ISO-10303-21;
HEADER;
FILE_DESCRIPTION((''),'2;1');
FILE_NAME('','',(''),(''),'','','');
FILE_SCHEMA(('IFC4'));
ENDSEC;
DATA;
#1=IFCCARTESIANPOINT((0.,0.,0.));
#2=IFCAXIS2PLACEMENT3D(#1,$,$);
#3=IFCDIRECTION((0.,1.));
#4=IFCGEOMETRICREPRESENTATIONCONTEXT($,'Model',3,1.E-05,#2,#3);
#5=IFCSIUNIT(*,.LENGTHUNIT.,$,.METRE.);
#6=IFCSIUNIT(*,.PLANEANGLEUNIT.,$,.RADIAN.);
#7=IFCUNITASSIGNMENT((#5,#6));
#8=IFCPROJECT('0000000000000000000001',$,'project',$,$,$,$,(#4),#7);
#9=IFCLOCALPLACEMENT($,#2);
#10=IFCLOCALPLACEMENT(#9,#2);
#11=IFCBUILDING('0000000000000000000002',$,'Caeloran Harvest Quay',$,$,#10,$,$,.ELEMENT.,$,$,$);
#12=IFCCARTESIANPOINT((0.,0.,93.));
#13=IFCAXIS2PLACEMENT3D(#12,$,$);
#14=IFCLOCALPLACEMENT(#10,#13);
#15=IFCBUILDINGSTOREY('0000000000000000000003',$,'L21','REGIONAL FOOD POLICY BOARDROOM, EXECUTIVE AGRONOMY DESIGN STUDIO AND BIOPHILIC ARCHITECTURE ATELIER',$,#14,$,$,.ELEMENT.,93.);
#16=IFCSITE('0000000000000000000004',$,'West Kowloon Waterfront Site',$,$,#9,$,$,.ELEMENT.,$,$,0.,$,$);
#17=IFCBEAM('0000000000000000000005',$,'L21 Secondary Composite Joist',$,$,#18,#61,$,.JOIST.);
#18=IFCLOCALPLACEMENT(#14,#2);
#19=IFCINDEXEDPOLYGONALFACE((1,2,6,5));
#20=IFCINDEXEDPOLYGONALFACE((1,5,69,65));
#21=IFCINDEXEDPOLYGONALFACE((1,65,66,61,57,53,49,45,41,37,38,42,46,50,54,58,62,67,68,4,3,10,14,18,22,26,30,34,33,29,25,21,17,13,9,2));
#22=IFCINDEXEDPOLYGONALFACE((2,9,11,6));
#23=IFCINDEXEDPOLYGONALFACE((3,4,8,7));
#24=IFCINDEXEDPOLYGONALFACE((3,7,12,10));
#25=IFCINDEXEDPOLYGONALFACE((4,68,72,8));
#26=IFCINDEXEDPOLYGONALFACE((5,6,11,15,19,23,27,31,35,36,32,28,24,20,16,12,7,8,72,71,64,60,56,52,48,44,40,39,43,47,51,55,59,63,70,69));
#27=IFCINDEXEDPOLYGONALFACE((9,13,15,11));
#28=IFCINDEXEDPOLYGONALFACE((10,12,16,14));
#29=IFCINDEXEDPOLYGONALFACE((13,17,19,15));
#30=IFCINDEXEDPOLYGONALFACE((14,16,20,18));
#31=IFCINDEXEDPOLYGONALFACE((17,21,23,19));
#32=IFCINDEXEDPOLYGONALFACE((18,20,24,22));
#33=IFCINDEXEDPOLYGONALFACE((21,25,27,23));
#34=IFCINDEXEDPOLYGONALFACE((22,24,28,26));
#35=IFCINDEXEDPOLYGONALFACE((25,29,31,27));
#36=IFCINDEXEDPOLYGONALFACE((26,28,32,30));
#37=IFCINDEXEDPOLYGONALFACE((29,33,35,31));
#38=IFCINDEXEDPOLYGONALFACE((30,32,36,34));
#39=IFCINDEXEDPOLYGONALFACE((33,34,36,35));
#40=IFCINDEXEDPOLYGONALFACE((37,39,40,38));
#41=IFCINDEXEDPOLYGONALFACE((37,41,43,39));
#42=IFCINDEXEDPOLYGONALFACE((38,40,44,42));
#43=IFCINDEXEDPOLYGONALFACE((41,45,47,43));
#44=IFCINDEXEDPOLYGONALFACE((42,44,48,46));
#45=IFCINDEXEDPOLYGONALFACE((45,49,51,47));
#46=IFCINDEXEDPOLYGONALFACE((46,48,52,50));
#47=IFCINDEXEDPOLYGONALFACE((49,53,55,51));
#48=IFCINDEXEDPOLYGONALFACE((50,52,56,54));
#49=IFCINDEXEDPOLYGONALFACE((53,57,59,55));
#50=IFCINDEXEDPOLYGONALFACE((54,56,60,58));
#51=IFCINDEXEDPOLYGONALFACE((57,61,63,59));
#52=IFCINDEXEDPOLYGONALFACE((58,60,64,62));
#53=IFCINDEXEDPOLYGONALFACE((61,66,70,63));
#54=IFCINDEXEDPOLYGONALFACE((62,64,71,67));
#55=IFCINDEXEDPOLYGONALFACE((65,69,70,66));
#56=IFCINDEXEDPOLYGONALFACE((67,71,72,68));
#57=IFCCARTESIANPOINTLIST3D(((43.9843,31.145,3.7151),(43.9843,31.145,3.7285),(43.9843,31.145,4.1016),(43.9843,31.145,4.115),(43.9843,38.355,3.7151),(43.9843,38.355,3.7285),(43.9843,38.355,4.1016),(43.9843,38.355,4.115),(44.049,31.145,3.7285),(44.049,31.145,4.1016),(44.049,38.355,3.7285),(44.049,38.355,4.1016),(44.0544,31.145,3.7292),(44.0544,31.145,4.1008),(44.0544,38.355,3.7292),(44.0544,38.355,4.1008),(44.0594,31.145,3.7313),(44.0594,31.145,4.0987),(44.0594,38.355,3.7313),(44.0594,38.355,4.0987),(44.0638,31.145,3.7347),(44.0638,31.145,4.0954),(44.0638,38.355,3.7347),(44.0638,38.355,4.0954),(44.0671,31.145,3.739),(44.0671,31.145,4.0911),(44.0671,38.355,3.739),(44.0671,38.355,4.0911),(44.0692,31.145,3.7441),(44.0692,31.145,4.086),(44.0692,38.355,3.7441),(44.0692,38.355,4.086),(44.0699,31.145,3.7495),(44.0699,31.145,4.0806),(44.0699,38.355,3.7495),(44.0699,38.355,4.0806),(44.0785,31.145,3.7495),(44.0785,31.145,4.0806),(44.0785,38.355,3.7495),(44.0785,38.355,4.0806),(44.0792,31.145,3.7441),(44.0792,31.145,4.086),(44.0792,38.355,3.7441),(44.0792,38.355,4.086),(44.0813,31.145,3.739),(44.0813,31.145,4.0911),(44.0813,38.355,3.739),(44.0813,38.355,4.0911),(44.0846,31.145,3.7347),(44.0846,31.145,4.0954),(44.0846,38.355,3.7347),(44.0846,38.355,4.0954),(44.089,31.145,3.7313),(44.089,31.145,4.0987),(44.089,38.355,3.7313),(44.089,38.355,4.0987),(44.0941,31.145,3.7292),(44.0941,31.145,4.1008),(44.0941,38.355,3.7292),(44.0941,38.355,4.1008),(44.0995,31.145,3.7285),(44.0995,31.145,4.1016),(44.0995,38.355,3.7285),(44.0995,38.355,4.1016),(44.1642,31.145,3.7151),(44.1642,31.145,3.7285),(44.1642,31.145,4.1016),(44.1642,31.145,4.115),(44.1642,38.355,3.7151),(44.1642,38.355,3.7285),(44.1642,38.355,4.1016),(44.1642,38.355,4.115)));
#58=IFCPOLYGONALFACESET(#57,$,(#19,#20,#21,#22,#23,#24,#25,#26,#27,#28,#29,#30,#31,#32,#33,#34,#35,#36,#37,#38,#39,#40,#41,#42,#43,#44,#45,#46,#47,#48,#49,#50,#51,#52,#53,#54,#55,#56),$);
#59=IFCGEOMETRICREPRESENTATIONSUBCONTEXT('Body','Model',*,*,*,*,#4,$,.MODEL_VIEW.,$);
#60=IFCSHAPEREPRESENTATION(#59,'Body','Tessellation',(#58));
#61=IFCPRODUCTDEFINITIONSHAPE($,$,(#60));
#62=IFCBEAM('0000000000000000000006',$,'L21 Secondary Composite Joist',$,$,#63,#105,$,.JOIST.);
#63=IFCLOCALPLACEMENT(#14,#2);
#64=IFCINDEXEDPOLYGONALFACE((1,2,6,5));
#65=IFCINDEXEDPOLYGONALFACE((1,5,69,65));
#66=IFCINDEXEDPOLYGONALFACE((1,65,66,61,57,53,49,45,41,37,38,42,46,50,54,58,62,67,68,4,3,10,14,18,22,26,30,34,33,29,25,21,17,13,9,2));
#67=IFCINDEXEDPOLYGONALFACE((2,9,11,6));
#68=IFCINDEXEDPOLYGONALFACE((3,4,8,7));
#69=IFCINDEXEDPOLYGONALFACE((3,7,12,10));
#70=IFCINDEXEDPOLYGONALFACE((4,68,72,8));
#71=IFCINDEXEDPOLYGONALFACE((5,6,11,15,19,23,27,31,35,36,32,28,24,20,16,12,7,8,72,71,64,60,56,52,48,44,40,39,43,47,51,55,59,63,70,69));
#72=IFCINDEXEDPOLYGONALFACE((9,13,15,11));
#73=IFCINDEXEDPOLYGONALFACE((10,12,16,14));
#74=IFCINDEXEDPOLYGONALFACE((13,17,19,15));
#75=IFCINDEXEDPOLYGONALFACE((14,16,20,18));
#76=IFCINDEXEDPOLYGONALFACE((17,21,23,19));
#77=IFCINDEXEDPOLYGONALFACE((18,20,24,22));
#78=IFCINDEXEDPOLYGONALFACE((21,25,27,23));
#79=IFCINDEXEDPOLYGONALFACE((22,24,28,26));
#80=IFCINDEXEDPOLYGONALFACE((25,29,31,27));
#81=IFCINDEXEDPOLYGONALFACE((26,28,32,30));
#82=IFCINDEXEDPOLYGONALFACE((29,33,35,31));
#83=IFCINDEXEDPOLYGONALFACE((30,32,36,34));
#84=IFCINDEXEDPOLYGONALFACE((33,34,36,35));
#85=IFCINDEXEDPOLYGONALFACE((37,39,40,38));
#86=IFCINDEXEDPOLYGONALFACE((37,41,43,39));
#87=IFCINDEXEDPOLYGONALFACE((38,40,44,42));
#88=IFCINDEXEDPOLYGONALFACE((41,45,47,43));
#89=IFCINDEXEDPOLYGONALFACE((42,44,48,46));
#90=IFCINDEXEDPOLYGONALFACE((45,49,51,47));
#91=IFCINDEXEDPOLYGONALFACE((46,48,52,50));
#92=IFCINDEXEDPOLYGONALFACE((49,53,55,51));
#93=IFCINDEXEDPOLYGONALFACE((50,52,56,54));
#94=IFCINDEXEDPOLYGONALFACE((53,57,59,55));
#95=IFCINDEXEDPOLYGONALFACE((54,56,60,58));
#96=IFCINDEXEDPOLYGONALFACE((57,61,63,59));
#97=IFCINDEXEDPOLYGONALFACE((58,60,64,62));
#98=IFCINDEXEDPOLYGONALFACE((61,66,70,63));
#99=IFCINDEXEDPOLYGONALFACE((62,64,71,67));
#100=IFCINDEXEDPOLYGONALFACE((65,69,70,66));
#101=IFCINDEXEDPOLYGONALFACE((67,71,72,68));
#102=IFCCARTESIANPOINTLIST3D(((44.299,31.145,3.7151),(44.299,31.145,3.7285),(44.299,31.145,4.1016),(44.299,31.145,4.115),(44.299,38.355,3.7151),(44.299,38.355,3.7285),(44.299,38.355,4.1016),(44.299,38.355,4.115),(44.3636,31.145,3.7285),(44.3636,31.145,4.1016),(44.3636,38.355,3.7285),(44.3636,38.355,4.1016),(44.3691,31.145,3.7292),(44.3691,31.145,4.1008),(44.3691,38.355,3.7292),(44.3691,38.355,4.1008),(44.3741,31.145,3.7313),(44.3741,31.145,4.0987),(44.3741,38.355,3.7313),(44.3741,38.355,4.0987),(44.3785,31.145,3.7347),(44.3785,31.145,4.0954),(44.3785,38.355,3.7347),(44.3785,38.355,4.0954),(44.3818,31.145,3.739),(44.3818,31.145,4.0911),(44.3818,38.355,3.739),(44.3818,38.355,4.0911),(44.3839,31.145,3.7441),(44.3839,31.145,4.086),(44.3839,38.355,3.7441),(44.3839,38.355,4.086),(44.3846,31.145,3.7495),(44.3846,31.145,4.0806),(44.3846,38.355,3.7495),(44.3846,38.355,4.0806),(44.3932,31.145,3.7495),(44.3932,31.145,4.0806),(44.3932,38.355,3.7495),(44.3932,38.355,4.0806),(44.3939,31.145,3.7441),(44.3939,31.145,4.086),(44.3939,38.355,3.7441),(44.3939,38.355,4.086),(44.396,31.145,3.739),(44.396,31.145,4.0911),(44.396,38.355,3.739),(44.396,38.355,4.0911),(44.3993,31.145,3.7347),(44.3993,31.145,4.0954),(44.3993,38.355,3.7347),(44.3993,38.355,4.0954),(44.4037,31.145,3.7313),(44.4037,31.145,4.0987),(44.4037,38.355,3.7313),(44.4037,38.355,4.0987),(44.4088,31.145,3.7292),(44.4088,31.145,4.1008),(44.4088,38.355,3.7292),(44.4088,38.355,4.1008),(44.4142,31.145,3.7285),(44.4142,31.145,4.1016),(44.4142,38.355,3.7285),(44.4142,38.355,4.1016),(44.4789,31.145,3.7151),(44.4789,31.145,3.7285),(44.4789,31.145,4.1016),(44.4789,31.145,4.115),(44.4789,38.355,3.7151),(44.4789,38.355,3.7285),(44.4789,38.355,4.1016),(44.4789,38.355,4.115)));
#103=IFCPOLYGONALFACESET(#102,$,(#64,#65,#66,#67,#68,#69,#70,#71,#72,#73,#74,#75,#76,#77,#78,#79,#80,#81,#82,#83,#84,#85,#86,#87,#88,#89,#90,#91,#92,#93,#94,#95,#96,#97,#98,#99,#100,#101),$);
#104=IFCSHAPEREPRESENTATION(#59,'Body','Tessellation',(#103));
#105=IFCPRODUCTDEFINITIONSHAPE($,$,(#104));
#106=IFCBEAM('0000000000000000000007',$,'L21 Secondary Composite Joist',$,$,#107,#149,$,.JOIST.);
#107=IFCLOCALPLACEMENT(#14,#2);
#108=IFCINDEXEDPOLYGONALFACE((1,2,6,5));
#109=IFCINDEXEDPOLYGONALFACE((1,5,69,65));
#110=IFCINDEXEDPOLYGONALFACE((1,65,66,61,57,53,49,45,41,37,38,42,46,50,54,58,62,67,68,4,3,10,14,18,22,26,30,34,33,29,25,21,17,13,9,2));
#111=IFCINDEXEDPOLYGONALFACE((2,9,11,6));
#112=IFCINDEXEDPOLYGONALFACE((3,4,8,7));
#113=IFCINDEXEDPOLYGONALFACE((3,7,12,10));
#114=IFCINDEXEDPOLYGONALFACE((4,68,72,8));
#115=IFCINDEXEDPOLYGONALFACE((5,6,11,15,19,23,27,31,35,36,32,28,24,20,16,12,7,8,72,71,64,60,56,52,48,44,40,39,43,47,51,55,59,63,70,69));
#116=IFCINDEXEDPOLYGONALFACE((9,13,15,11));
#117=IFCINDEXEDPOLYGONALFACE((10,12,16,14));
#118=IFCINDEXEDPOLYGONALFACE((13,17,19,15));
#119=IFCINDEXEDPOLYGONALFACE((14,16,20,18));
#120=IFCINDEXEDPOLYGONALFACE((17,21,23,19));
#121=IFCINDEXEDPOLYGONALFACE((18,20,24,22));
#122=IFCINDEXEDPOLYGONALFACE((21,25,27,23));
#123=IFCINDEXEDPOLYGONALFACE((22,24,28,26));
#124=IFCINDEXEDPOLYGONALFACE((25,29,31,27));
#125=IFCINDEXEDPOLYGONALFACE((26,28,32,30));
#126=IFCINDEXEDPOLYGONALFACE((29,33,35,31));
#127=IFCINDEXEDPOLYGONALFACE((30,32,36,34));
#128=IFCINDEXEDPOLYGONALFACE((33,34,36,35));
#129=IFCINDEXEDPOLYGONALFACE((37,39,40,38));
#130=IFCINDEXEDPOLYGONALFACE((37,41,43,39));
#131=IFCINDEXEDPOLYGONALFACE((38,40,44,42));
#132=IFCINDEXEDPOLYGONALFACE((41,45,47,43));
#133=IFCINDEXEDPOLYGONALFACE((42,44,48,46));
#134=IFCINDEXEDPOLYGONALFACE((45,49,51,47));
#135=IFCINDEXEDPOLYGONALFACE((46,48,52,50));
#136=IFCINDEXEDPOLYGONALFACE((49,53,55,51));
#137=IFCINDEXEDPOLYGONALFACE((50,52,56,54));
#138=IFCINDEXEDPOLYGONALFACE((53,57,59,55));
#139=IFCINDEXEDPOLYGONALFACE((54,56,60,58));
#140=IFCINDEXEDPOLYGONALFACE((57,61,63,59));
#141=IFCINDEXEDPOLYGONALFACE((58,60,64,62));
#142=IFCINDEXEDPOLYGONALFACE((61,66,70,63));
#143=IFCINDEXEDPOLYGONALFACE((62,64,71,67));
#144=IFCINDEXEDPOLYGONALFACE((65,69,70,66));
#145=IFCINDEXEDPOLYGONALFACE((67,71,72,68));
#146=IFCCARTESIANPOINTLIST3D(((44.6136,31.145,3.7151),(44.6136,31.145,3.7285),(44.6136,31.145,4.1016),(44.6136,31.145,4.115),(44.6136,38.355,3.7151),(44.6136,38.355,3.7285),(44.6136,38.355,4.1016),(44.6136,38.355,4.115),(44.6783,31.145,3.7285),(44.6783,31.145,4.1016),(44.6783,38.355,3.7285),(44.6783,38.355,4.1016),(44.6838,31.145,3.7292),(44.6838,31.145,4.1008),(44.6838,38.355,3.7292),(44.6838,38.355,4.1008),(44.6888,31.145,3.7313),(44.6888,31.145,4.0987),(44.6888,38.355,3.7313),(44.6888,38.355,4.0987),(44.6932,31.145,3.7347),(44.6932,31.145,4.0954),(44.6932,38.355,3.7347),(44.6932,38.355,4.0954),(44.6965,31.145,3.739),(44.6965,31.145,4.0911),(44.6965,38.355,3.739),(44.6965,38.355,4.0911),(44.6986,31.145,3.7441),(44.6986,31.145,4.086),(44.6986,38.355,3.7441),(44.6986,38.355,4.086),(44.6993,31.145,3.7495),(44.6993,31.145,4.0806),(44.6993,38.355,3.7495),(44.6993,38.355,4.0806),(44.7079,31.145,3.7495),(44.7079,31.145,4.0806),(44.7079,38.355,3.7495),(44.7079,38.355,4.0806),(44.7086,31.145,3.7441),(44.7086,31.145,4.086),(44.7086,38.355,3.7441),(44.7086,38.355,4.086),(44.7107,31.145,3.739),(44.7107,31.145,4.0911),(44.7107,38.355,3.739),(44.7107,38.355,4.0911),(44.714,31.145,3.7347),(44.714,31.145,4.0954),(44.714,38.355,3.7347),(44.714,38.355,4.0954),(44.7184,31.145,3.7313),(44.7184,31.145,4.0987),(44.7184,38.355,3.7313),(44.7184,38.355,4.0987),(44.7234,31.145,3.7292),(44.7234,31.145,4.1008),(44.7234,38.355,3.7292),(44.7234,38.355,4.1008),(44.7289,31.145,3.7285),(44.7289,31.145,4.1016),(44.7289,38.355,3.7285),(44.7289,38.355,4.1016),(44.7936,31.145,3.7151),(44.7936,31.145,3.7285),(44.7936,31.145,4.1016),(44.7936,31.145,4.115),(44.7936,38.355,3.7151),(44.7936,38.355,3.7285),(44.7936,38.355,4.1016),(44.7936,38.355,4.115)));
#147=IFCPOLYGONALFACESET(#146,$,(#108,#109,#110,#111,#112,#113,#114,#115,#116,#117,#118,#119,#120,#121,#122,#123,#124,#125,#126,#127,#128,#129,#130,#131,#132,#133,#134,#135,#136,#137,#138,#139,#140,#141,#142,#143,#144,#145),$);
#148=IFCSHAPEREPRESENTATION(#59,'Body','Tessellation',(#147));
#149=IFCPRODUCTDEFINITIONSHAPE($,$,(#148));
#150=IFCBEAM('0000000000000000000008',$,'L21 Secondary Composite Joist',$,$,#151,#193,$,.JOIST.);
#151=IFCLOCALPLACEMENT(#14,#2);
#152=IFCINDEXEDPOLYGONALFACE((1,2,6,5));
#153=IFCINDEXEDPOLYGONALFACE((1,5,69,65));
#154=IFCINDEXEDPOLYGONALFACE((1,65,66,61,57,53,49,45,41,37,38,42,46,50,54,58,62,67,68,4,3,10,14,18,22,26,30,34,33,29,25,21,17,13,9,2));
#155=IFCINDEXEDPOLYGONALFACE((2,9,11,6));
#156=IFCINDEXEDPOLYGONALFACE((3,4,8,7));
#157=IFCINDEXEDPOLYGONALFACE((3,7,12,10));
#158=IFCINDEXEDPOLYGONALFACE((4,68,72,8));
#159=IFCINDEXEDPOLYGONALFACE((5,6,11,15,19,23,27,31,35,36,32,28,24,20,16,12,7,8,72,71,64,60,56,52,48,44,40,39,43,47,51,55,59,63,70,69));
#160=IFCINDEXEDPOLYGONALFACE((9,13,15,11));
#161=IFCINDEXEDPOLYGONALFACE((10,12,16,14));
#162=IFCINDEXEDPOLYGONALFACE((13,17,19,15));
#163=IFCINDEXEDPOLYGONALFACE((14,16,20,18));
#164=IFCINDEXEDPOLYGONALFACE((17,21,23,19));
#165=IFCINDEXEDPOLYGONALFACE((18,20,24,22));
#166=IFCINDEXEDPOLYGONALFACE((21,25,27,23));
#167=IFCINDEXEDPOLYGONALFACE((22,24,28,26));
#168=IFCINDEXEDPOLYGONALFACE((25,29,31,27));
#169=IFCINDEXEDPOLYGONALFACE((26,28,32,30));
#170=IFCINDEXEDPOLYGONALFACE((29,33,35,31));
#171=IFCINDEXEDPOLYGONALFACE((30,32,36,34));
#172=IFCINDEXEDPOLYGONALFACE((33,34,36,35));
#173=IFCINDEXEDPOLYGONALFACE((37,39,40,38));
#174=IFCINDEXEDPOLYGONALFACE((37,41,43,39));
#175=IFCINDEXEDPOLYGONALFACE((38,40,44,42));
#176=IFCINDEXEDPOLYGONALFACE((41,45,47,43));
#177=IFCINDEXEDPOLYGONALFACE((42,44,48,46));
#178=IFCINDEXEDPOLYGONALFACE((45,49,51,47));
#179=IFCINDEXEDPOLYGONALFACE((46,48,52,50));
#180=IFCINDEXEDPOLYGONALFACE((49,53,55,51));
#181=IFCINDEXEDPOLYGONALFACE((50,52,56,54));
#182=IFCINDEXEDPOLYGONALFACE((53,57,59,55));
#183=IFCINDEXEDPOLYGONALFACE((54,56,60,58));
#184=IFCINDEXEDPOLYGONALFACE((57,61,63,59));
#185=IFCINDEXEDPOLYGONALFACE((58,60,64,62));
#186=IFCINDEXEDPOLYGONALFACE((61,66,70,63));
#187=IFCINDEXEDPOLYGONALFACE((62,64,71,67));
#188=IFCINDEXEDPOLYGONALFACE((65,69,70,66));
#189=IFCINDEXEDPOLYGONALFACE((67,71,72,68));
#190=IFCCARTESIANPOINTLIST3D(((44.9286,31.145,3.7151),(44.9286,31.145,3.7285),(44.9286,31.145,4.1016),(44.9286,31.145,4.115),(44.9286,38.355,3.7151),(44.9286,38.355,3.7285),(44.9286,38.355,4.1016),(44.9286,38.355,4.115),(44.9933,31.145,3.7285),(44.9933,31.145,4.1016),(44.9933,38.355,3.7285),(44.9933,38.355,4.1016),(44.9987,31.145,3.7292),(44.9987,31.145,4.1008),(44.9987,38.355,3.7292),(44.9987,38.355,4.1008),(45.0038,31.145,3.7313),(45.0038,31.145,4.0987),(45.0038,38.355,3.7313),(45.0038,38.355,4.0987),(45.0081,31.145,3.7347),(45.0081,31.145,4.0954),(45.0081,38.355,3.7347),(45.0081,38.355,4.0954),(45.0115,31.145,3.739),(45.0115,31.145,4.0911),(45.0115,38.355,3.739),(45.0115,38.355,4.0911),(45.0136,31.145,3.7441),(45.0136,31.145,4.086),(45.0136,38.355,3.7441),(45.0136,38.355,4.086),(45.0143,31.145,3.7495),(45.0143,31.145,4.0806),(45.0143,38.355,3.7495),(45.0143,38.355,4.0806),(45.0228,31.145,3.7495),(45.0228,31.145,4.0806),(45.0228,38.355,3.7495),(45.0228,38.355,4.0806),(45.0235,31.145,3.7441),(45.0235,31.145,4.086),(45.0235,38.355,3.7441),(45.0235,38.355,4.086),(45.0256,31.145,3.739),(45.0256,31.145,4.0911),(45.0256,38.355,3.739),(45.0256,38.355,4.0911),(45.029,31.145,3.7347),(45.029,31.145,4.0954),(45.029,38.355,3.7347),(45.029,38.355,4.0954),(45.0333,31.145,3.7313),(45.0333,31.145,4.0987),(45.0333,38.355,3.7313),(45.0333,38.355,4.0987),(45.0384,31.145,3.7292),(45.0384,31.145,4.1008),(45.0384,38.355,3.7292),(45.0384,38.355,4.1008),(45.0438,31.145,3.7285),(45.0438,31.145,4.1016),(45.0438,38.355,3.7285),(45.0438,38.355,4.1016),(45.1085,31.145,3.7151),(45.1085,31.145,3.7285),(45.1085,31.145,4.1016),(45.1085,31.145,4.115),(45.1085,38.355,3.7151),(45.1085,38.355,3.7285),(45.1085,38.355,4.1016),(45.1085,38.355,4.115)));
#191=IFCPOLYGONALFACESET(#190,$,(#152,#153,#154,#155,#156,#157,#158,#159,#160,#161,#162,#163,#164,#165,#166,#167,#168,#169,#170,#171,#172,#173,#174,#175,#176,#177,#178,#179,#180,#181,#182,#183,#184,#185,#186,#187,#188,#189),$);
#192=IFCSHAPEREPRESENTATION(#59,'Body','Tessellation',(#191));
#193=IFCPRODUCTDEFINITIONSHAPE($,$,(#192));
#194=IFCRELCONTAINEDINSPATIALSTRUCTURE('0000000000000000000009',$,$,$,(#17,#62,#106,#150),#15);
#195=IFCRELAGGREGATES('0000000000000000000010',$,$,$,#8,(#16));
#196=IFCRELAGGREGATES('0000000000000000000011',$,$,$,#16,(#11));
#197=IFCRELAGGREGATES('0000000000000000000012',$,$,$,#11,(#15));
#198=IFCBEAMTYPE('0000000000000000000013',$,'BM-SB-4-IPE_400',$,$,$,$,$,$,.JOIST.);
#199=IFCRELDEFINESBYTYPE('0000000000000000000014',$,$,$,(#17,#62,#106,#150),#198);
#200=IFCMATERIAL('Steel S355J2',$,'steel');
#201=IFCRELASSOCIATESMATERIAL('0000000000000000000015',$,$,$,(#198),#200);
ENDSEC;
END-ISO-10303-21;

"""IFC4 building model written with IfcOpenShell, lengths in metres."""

from ifc_helpers import new_model, si_unit, direction, frame, origin, origin_2d, place, context, subcontext, project, spatial, i_section, extrude, material, material_profile, profile_set, type_object, element, save


model = new_model("IFC4")

# Units and contexts
model_context = context("Model", 3, precision=1e-05, world=origin(), true_north=direction((0.0, 1.0)))
body_context = subcontext(model_context, "Body", "Model", "MODEL_VIEW")
ifc_project = project(units=[si_unit("LENGTHUNIT", "METRE"), si_unit("PLANEANGLEUNIT", "RADIAN")], contexts=[model_context])

# Site, building, storey
site_placement = place(None, origin())
site = spatial("IfcSite", under=ifc_project, at=site_placement, Name="West Kowloon Waterfront Site", CompositionType="ELEMENT", RefElevation=0.0)
building_placement = place(site_placement, origin())
building = spatial("IfcBuilding", under=site, at=building_placement, Name="Caeloran Harvest Quay", CompositionType="ELEMENT")
storey_placement = place(building_placement, frame((0.0, 0.0, 93.0)))
storey = spatial("IfcBuildingStorey", under=building, at=storey_placement, Name="L21", Description="REGIONAL FOOD POLICY BOARDROOM, EXECUTIVE AGRONOMY DESIGN STUDIO AND BIOPHILIC ARCHITECTURE ATELIER", CompositionType="ELEMENT", Elevation=93.0)

# Beams
ifc_material_1 = material(Name="Steel S355J2", Category="steel")
ifc_material_profile_1 = material_profile(ifc_material_1, i_section(OverallWidth=0.1799, OverallDepth=0.3999, WebThickness=0.0085, FlangeThickness=0.0134, FilletRadius=0.021, at=origin_2d()), Name="IPE 400")
ifc_profile_set_1 = profile_set([ifc_material_profile_1], Name="Steel S355J2")
beam_type_1 = type_object("IfcBeamType", Name="BM-SB-4-IPE_400", PredefinedType="JOIST", material=ifc_profile_set_1)
for number, where, z_axis, x_axis, name in (
    (1, (44.0742, 31.145, 3.915), (0.0, 1.0, 0.0), (-1.0, 0.0, 0.0), "L21 Secondary Composite Joist"),
    (2, (44.3889, 31.145, 3.915), (0.0, 1.0, 0.0), (-1.0, 0.0, 0.0), "L21 Secondary Composite Joist"),
    (3, (44.7036, 31.145, 3.915), (0.0, 1.0, 0.0), (-1.0, 0.0, 0.0), "L21 Secondary Composite Joist"),
    (4, (45.0186, 31.145, 3.915), (0.0, 1.0, 0.0), (-1.0, 0.0, 0.0), "L21 Secondary Composite Joist"),
):
    element("IfcBeam", number, at=place(storey_placement, frame(where, z_axis=z_axis, x_axis=x_axis)), inside=storey, type_object=beam_type_1, Name=name, PredefinedType="JOIST", context=body_context, shape_type="SweptSolid", body=[
        extrude(i_section(OverallWidth=0.1799, OverallDepth=0.3999, WebThickness=0.0085, FlangeThickness=0.0134, FilletRadius=0.021, at=origin_2d()), origin(), (0.0, 0.0, 1.0), 7.21),
    ])

save(model, "model.ifc")
